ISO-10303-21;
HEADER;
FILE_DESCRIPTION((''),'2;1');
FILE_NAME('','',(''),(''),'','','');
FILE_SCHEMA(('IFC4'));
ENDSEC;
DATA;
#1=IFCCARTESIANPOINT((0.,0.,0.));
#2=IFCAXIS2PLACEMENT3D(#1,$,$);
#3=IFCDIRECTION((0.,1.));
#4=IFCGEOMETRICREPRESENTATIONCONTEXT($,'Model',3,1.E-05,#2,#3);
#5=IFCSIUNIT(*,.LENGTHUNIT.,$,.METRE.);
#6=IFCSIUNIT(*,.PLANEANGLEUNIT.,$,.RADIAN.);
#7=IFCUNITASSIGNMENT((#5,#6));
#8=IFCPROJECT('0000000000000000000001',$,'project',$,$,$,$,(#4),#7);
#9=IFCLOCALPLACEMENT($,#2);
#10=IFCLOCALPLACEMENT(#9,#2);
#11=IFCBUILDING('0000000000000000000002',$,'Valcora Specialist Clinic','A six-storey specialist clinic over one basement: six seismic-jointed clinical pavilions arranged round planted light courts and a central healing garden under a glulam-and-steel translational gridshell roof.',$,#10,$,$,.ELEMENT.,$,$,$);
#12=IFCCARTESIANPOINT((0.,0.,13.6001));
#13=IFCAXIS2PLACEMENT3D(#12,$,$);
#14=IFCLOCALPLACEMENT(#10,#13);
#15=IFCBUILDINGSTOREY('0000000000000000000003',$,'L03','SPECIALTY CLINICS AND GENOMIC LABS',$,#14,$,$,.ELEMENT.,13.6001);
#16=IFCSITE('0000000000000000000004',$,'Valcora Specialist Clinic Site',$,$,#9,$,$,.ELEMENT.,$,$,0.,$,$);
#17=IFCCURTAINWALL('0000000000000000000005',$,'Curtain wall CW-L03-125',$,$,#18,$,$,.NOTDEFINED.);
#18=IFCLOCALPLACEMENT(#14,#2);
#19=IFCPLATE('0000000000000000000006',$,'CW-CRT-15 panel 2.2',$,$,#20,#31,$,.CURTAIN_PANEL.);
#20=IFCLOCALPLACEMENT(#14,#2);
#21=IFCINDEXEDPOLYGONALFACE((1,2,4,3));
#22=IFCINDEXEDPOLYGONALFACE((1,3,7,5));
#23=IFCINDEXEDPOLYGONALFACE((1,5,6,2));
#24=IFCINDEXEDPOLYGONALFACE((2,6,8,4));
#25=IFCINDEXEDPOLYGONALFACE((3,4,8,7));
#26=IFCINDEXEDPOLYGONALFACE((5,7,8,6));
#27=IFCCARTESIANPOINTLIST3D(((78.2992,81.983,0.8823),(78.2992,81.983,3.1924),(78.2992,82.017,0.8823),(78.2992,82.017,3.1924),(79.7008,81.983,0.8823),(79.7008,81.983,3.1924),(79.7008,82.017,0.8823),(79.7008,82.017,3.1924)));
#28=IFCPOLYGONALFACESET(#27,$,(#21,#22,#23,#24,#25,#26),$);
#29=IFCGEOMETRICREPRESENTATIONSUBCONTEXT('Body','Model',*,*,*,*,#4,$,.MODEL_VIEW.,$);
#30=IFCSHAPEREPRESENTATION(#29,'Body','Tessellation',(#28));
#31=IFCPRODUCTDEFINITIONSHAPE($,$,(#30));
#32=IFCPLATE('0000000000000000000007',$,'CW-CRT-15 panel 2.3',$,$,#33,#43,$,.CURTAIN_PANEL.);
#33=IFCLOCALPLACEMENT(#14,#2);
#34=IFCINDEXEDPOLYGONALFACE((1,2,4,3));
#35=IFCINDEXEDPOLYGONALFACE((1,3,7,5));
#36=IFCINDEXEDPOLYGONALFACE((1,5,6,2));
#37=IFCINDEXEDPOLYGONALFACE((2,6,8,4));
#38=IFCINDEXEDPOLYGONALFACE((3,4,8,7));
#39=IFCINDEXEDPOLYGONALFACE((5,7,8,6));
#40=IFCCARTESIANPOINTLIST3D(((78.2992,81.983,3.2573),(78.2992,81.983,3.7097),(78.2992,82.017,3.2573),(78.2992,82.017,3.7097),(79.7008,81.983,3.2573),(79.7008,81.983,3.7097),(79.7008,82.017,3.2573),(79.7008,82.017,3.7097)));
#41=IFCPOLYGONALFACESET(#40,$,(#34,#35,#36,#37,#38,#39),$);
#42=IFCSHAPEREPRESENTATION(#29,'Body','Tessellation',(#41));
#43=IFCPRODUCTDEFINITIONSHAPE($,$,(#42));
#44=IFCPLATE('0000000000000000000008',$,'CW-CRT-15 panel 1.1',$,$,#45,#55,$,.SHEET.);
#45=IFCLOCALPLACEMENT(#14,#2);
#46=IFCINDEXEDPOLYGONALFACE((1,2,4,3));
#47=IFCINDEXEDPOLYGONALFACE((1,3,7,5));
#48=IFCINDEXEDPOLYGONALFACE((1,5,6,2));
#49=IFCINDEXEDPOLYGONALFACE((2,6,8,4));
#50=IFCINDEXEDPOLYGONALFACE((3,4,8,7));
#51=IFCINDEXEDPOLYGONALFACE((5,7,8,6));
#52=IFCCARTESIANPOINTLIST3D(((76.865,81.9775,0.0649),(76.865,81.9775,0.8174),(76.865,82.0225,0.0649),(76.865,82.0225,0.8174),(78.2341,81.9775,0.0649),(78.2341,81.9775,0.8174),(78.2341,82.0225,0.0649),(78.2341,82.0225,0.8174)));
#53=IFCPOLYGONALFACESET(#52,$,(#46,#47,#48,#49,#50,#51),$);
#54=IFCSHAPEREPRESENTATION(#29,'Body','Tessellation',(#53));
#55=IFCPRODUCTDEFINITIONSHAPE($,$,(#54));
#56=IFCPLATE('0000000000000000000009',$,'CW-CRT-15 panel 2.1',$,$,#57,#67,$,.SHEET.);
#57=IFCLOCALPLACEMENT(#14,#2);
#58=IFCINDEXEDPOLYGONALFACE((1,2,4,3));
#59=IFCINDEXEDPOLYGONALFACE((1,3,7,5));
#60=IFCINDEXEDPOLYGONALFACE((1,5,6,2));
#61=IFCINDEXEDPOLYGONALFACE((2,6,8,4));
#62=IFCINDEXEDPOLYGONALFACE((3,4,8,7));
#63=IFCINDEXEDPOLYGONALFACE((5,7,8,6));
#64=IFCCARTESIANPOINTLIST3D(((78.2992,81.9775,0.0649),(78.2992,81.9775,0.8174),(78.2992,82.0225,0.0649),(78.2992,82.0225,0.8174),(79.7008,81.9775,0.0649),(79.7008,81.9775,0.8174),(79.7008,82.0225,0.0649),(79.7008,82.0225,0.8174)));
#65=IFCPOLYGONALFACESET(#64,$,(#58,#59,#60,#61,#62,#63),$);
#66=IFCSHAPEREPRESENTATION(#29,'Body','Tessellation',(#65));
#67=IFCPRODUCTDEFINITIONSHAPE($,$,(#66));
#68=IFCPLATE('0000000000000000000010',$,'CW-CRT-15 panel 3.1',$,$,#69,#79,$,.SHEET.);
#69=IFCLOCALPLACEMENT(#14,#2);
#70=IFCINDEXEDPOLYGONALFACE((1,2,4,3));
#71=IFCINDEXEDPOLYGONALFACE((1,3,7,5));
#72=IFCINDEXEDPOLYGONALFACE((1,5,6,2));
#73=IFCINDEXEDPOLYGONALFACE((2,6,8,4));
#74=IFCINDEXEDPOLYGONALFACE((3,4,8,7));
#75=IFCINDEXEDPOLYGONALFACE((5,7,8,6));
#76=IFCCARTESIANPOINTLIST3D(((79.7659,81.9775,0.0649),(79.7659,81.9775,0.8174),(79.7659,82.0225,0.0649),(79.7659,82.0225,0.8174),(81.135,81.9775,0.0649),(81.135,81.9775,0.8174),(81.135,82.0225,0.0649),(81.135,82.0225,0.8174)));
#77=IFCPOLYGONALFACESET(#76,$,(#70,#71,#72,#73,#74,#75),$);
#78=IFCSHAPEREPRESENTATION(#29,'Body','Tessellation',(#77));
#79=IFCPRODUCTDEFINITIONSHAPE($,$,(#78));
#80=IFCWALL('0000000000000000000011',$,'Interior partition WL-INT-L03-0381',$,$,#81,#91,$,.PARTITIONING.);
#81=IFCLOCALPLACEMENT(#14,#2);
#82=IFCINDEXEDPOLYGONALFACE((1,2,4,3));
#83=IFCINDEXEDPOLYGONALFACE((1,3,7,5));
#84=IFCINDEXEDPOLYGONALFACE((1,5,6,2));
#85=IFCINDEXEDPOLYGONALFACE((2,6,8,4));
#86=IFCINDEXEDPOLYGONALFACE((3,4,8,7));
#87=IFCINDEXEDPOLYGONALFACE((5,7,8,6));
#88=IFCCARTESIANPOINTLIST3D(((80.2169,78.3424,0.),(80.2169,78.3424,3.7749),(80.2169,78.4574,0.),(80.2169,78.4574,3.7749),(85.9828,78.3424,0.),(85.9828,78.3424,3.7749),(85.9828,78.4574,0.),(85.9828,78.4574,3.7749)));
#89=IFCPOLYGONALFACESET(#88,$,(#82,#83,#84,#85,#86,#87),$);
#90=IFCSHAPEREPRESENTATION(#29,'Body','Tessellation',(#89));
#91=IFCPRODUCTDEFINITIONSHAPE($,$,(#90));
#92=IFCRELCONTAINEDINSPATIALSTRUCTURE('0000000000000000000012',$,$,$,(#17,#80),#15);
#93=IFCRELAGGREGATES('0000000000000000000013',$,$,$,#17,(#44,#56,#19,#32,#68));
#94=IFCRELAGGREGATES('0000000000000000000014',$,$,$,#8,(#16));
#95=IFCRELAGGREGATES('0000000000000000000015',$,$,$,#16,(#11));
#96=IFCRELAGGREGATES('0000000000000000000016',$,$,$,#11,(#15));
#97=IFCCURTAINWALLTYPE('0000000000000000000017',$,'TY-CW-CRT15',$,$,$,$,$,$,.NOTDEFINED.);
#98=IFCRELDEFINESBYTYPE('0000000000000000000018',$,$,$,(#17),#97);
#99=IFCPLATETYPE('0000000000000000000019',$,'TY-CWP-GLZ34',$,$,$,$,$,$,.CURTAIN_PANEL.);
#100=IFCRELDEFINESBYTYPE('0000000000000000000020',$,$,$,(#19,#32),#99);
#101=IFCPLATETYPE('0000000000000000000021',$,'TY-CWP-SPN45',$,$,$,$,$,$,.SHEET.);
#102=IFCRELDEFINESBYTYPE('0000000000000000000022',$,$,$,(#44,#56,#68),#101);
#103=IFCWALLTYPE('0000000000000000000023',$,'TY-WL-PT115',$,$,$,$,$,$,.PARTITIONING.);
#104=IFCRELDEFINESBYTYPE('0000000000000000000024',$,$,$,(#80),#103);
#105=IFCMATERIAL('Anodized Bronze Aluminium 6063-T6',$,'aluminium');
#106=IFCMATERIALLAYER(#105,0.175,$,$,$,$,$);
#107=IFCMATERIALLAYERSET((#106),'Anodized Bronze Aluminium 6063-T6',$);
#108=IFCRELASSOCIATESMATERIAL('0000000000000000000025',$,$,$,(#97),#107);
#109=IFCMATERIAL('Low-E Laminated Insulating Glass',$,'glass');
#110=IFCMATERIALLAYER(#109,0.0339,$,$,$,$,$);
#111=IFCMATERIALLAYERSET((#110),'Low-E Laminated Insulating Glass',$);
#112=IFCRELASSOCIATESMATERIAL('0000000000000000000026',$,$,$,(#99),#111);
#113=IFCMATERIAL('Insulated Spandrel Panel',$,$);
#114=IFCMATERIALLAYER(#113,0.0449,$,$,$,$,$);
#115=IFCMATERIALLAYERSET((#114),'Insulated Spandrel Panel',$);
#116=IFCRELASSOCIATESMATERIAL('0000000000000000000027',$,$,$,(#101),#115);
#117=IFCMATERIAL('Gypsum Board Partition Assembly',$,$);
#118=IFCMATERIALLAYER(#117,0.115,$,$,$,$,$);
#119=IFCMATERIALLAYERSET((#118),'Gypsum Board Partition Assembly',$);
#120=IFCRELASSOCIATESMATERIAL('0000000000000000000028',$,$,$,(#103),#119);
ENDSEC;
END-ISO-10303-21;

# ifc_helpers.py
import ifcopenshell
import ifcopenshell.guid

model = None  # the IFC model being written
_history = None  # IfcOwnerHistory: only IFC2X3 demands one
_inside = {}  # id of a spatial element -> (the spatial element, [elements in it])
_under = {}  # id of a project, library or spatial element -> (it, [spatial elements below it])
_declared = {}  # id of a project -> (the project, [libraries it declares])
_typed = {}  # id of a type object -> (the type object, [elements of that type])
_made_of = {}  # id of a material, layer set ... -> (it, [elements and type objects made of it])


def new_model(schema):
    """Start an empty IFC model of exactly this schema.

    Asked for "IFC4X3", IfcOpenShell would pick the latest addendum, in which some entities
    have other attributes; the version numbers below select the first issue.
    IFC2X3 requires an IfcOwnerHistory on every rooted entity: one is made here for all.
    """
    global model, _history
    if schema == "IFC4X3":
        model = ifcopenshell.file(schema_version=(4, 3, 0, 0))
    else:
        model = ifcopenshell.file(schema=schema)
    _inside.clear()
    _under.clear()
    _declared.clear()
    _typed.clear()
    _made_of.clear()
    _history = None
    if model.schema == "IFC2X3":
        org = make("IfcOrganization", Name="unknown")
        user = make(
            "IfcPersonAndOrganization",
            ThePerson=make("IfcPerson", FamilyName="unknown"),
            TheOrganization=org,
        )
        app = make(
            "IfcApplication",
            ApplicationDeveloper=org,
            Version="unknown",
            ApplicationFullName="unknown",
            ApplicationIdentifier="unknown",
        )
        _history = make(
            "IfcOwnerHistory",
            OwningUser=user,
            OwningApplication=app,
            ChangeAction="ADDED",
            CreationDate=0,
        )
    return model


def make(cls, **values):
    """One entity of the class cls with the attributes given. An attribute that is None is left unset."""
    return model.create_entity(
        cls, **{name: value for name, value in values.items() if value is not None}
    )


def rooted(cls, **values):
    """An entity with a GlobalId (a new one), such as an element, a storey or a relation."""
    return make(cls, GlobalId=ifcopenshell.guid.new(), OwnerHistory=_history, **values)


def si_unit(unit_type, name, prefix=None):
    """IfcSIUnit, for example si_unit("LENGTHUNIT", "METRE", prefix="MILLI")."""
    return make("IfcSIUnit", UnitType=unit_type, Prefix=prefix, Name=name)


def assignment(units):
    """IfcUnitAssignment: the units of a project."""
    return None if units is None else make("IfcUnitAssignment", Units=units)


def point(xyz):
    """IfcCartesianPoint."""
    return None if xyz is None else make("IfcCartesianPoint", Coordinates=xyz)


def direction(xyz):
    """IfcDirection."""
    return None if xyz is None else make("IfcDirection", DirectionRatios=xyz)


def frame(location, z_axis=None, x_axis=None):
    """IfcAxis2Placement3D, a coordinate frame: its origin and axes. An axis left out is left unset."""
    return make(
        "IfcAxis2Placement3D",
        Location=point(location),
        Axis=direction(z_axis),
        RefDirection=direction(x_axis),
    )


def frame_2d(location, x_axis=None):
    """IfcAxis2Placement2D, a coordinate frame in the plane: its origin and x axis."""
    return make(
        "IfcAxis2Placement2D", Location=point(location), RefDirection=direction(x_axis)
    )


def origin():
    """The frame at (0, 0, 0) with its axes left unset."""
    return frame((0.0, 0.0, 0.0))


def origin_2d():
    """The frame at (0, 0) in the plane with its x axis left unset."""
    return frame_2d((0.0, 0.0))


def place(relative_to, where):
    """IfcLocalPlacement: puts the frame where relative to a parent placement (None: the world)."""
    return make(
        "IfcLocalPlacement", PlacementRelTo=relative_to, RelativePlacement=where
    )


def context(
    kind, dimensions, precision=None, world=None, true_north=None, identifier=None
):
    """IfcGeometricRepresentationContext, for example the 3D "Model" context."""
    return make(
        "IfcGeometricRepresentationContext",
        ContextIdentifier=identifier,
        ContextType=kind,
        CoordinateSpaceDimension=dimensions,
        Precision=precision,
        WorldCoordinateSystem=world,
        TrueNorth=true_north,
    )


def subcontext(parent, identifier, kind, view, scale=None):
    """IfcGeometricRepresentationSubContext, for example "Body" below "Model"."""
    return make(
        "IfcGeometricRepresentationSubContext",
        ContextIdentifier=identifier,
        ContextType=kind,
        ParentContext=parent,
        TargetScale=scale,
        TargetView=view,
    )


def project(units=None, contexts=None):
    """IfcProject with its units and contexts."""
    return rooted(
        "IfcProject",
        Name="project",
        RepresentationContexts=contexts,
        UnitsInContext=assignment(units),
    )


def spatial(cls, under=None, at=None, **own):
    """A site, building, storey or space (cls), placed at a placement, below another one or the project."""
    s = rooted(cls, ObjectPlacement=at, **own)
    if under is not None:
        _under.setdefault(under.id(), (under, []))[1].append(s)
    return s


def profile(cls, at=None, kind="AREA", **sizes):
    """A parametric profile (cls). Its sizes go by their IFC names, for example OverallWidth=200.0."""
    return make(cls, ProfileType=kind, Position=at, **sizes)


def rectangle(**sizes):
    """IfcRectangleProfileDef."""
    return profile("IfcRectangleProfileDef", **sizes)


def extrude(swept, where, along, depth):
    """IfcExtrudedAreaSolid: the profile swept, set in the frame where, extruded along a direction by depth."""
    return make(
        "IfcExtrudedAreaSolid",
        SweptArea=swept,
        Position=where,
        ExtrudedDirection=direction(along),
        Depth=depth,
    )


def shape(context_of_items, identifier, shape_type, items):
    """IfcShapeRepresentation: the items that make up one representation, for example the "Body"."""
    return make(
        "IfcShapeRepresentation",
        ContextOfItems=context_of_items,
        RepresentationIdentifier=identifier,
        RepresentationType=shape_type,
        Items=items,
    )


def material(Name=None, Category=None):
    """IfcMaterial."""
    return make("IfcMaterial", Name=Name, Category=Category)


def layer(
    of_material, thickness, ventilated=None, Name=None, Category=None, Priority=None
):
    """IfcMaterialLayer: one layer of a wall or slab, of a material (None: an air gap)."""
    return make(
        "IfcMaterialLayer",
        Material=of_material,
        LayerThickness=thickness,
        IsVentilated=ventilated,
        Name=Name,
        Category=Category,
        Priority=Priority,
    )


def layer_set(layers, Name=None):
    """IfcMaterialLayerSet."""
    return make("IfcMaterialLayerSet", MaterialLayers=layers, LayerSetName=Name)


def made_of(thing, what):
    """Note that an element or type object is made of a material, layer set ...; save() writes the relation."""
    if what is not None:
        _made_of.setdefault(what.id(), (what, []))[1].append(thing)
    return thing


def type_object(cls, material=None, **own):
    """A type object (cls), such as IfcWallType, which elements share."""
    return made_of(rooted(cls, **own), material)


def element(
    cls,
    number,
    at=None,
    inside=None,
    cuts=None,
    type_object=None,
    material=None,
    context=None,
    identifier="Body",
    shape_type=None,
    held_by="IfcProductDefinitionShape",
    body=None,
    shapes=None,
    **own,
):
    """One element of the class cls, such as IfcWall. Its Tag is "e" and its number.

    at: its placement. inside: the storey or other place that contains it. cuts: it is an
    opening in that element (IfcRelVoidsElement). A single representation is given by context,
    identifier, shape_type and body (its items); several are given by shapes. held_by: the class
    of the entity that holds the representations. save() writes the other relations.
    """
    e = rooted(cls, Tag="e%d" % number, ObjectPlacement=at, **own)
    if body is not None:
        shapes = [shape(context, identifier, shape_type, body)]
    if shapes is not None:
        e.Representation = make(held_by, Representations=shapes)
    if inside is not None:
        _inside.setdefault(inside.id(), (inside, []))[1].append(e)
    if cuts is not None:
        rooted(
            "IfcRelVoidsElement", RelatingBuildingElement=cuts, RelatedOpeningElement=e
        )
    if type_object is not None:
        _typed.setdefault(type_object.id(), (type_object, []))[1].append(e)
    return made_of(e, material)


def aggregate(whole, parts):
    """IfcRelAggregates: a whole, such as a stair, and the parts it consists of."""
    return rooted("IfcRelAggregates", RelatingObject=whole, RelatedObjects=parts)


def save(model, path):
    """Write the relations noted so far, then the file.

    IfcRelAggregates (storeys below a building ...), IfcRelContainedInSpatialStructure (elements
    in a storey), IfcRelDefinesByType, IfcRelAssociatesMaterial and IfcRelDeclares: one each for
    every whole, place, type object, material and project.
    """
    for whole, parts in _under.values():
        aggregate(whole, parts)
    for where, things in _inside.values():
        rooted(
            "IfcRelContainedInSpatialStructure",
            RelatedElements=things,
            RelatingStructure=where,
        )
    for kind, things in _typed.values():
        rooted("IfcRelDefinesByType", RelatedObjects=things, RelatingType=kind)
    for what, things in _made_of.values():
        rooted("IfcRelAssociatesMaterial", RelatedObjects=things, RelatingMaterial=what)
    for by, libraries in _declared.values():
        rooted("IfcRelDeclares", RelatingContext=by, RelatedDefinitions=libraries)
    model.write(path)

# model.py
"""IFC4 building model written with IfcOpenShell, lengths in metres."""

from ifc_helpers import new_model, si_unit, direction, frame, frame_2d, origin, origin_2d, place, context, subcontext, project, spatial, rectangle, extrude, material, layer, layer_set, type_object, element, aggregate, save


model = new_model("IFC4")

# Units and contexts
model_context = context("Model", 3, precision=1e-05, world=origin(), true_north=direction((0.0, 1.0)))
body_context = subcontext(model_context, "Body", "Model", "MODEL_VIEW")
ifc_project = project(units=[si_unit("LENGTHUNIT", "METRE"), si_unit("PLANEANGLEUNIT", "RADIAN")], contexts=[model_context])

# Site, building, storey
site_placement = place(None, origin())
site = spatial("IfcSite", under=ifc_project, at=site_placement, Name="Valcora Specialist Clinic Site", CompositionType="ELEMENT", RefElevation=0.0)
building_placement = place(site_placement, origin())
building = spatial("IfcBuilding", under=site, at=building_placement, Name="Valcora Specialist Clinic", Description="A six-storey specialist clinic over one basement: six seismic-jointed clinical pavilions arranged round planted light courts and a central healing garden under a glulam-and-steel translational gridshell roof.", CompositionType="ELEMENT")
storey_placement = place(building_placement, frame((0.0, 0.0, 13.6001)))
storey = spatial("IfcBuildingStorey", under=building, at=storey_placement, Name="L03", Description="SPECIALTY CLINICS AND GENOMIC LABS", CompositionType="ELEMENT", Elevation=13.6001)

# Curtain wall, plates
ifc_material_1 = material(Name="Anodized Bronze Aluminium 6063-T6", Category="aluminium")
ifc_layer_1 = layer(ifc_material_1, 0.175)
ifc_layer_set_1 = layer_set([ifc_layer_1], Name="Anodized Bronze Aluminium 6063-T6")
curtain_wall_type = type_object("IfcCurtainWallType", Name="TY-CW-CRT15", PredefinedType="NOTDEFINED", material=ifc_layer_set_1)
curtain_wall_placement = place(storey_placement, origin())
curtain_wall = element("IfcCurtainWall", 1, at=curtain_wall_placement, inside=storey, type_object=curtain_wall_type, Name="Curtain wall CW-L03-125", PredefinedType="NOTDEFINED")
ifc_material_2 = material(Name="Low-E Laminated Insulating Glass", Category="glass")
ifc_layer_2 = layer(ifc_material_2, 0.0339)
ifc_layer_set_2 = layer_set([ifc_layer_2], Name="Low-E Laminated Insulating Glass")
plate_type_1 = type_object("IfcPlateType", Name="TY-CWP-GLZ34", PredefinedType="CURTAIN_PANEL", material=ifc_layer_set_2)
plate_1_placement = place(storey_placement, frame((79.0, 82.0, 0.8823), z_axis=(0.0, 0.0, 1.0), x_axis=(1.0, 0.0, 0.0)))
plate_1 = element("IfcPlate", 2, at=plate_1_placement, type_object=plate_type_1, Name="CW-CRT-15 panel 2.2", PredefinedType="CURTAIN_PANEL", context=body_context, shape_type="SweptSolid", body=[
    extrude(rectangle(XDim=1.4016, YDim=0.0339, at=origin_2d()), origin(), (0.0, 0.0, 1.0), 2.3101),
])
plate_2_placement = place(storey_placement, frame((79.0, 82.0, 3.2573), z_axis=(0.0, 0.0, 1.0), x_axis=(1.0, 0.0, 0.0)))
plate_2 = element("IfcPlate", 3, at=plate_2_placement, type_object=plate_type_1, Name="CW-CRT-15 panel 2.3", PredefinedType="CURTAIN_PANEL", context=body_context, shape_type="SweptSolid", body=[
    extrude(rectangle(XDim=1.4016, YDim=0.0339, at=origin_2d()), origin(), (0.0, 0.0, 1.0), 0.4524),
])
ifc_material_3 = material(Name="Insulated Spandrel Panel")
ifc_layer_3 = layer(ifc_material_3, 0.0449)
ifc_layer_set_3 = layer_set([ifc_layer_3], Name="Insulated Spandrel Panel")
plate_type_2 = type_object("IfcPlateType", Name="TY-CWP-SPN45", PredefinedType="SHEET", material=ifc_layer_set_3)
plate_3_placement = place(storey_placement, frame((77.5496, 82.0, 0.0649), z_axis=(0.0, 0.0, 1.0), x_axis=(1.0, 0.0, 0.0)))
plate_3 = element("IfcPlate", 4, at=plate_3_placement, type_object=plate_type_2, Name="CW-CRT-15 panel 1.1", PredefinedType="SHEET", context=body_context, shape_type="SweptSolid", body=[
    extrude(rectangle(XDim=1.3691, YDim=0.0449, at=origin_2d()), origin(), (0.0, 0.0, 1.0), 0.7524),
])
plate_4_placement = place(storey_placement, frame((79.0, 82.0, 0.0649), z_axis=(0.0, 0.0, 1.0), x_axis=(1.0, 0.0, 0.0)))
plate_4 = element("IfcPlate", 5, at=plate_4_placement, type_object=plate_type_2, Name="CW-CRT-15 panel 2.1", PredefinedType="SHEET", context=body_context, shape_type="SweptSolid", body=[
    extrude(rectangle(XDim=1.4016, YDim=0.0449, at=origin_2d()), origin(), (0.0, 0.0, 1.0), 0.7524),
])
plate_5_placement = place(storey_placement, frame((80.4504, 82.0, 0.0649), z_axis=(0.0, 0.0, 1.0), x_axis=(1.0, 0.0, 0.0)))
plate_5 = element("IfcPlate", 6, at=plate_5_placement, type_object=plate_type_2, Name="CW-CRT-15 panel 3.1", PredefinedType="SHEET", context=body_context, shape_type="SweptSolid", body=[
    extrude(rectangle(XDim=1.3691, YDim=0.0449, at=origin_2d()), origin(), (0.0, 0.0, 1.0), 0.7524),
])
aggregate(curtain_wall, [plate_3, plate_4, plate_1, plate_2, plate_5])

# Wall
ifc_material_4 = material(Name="Gypsum Board Partition Assembly")
ifc_layer_4 = layer(ifc_material_4, 0.115)
ifc_layer_set_4 = layer_set([ifc_layer_4], Name="Gypsum Board Partition Assembly")
wall_type = type_object("IfcWallType", Name="TY-WL-PT115", PredefinedType="PARTITIONING", material=ifc_layer_set_4)
wall_placement = place(storey_placement, frame((80.217, 78.3999, 0.0), z_axis=(0.0, 0.0, 1.0), x_axis=(1.0, 0.0, 0.0)))
element("IfcWall", 7, at=wall_placement, inside=storey, type_object=wall_type, Name="Interior partition WL-INT-L03-0381", PredefinedType="PARTITIONING", context=body_context, shape_type="SweptSolid", body=[
    extrude(rectangle(XDim=5.7659, YDim=0.115, at=frame_2d((2.8828, 0.0))), origin(), (0.0, 0.0, 1.0), 3.7749),
])

save(model, "model.ifc")
